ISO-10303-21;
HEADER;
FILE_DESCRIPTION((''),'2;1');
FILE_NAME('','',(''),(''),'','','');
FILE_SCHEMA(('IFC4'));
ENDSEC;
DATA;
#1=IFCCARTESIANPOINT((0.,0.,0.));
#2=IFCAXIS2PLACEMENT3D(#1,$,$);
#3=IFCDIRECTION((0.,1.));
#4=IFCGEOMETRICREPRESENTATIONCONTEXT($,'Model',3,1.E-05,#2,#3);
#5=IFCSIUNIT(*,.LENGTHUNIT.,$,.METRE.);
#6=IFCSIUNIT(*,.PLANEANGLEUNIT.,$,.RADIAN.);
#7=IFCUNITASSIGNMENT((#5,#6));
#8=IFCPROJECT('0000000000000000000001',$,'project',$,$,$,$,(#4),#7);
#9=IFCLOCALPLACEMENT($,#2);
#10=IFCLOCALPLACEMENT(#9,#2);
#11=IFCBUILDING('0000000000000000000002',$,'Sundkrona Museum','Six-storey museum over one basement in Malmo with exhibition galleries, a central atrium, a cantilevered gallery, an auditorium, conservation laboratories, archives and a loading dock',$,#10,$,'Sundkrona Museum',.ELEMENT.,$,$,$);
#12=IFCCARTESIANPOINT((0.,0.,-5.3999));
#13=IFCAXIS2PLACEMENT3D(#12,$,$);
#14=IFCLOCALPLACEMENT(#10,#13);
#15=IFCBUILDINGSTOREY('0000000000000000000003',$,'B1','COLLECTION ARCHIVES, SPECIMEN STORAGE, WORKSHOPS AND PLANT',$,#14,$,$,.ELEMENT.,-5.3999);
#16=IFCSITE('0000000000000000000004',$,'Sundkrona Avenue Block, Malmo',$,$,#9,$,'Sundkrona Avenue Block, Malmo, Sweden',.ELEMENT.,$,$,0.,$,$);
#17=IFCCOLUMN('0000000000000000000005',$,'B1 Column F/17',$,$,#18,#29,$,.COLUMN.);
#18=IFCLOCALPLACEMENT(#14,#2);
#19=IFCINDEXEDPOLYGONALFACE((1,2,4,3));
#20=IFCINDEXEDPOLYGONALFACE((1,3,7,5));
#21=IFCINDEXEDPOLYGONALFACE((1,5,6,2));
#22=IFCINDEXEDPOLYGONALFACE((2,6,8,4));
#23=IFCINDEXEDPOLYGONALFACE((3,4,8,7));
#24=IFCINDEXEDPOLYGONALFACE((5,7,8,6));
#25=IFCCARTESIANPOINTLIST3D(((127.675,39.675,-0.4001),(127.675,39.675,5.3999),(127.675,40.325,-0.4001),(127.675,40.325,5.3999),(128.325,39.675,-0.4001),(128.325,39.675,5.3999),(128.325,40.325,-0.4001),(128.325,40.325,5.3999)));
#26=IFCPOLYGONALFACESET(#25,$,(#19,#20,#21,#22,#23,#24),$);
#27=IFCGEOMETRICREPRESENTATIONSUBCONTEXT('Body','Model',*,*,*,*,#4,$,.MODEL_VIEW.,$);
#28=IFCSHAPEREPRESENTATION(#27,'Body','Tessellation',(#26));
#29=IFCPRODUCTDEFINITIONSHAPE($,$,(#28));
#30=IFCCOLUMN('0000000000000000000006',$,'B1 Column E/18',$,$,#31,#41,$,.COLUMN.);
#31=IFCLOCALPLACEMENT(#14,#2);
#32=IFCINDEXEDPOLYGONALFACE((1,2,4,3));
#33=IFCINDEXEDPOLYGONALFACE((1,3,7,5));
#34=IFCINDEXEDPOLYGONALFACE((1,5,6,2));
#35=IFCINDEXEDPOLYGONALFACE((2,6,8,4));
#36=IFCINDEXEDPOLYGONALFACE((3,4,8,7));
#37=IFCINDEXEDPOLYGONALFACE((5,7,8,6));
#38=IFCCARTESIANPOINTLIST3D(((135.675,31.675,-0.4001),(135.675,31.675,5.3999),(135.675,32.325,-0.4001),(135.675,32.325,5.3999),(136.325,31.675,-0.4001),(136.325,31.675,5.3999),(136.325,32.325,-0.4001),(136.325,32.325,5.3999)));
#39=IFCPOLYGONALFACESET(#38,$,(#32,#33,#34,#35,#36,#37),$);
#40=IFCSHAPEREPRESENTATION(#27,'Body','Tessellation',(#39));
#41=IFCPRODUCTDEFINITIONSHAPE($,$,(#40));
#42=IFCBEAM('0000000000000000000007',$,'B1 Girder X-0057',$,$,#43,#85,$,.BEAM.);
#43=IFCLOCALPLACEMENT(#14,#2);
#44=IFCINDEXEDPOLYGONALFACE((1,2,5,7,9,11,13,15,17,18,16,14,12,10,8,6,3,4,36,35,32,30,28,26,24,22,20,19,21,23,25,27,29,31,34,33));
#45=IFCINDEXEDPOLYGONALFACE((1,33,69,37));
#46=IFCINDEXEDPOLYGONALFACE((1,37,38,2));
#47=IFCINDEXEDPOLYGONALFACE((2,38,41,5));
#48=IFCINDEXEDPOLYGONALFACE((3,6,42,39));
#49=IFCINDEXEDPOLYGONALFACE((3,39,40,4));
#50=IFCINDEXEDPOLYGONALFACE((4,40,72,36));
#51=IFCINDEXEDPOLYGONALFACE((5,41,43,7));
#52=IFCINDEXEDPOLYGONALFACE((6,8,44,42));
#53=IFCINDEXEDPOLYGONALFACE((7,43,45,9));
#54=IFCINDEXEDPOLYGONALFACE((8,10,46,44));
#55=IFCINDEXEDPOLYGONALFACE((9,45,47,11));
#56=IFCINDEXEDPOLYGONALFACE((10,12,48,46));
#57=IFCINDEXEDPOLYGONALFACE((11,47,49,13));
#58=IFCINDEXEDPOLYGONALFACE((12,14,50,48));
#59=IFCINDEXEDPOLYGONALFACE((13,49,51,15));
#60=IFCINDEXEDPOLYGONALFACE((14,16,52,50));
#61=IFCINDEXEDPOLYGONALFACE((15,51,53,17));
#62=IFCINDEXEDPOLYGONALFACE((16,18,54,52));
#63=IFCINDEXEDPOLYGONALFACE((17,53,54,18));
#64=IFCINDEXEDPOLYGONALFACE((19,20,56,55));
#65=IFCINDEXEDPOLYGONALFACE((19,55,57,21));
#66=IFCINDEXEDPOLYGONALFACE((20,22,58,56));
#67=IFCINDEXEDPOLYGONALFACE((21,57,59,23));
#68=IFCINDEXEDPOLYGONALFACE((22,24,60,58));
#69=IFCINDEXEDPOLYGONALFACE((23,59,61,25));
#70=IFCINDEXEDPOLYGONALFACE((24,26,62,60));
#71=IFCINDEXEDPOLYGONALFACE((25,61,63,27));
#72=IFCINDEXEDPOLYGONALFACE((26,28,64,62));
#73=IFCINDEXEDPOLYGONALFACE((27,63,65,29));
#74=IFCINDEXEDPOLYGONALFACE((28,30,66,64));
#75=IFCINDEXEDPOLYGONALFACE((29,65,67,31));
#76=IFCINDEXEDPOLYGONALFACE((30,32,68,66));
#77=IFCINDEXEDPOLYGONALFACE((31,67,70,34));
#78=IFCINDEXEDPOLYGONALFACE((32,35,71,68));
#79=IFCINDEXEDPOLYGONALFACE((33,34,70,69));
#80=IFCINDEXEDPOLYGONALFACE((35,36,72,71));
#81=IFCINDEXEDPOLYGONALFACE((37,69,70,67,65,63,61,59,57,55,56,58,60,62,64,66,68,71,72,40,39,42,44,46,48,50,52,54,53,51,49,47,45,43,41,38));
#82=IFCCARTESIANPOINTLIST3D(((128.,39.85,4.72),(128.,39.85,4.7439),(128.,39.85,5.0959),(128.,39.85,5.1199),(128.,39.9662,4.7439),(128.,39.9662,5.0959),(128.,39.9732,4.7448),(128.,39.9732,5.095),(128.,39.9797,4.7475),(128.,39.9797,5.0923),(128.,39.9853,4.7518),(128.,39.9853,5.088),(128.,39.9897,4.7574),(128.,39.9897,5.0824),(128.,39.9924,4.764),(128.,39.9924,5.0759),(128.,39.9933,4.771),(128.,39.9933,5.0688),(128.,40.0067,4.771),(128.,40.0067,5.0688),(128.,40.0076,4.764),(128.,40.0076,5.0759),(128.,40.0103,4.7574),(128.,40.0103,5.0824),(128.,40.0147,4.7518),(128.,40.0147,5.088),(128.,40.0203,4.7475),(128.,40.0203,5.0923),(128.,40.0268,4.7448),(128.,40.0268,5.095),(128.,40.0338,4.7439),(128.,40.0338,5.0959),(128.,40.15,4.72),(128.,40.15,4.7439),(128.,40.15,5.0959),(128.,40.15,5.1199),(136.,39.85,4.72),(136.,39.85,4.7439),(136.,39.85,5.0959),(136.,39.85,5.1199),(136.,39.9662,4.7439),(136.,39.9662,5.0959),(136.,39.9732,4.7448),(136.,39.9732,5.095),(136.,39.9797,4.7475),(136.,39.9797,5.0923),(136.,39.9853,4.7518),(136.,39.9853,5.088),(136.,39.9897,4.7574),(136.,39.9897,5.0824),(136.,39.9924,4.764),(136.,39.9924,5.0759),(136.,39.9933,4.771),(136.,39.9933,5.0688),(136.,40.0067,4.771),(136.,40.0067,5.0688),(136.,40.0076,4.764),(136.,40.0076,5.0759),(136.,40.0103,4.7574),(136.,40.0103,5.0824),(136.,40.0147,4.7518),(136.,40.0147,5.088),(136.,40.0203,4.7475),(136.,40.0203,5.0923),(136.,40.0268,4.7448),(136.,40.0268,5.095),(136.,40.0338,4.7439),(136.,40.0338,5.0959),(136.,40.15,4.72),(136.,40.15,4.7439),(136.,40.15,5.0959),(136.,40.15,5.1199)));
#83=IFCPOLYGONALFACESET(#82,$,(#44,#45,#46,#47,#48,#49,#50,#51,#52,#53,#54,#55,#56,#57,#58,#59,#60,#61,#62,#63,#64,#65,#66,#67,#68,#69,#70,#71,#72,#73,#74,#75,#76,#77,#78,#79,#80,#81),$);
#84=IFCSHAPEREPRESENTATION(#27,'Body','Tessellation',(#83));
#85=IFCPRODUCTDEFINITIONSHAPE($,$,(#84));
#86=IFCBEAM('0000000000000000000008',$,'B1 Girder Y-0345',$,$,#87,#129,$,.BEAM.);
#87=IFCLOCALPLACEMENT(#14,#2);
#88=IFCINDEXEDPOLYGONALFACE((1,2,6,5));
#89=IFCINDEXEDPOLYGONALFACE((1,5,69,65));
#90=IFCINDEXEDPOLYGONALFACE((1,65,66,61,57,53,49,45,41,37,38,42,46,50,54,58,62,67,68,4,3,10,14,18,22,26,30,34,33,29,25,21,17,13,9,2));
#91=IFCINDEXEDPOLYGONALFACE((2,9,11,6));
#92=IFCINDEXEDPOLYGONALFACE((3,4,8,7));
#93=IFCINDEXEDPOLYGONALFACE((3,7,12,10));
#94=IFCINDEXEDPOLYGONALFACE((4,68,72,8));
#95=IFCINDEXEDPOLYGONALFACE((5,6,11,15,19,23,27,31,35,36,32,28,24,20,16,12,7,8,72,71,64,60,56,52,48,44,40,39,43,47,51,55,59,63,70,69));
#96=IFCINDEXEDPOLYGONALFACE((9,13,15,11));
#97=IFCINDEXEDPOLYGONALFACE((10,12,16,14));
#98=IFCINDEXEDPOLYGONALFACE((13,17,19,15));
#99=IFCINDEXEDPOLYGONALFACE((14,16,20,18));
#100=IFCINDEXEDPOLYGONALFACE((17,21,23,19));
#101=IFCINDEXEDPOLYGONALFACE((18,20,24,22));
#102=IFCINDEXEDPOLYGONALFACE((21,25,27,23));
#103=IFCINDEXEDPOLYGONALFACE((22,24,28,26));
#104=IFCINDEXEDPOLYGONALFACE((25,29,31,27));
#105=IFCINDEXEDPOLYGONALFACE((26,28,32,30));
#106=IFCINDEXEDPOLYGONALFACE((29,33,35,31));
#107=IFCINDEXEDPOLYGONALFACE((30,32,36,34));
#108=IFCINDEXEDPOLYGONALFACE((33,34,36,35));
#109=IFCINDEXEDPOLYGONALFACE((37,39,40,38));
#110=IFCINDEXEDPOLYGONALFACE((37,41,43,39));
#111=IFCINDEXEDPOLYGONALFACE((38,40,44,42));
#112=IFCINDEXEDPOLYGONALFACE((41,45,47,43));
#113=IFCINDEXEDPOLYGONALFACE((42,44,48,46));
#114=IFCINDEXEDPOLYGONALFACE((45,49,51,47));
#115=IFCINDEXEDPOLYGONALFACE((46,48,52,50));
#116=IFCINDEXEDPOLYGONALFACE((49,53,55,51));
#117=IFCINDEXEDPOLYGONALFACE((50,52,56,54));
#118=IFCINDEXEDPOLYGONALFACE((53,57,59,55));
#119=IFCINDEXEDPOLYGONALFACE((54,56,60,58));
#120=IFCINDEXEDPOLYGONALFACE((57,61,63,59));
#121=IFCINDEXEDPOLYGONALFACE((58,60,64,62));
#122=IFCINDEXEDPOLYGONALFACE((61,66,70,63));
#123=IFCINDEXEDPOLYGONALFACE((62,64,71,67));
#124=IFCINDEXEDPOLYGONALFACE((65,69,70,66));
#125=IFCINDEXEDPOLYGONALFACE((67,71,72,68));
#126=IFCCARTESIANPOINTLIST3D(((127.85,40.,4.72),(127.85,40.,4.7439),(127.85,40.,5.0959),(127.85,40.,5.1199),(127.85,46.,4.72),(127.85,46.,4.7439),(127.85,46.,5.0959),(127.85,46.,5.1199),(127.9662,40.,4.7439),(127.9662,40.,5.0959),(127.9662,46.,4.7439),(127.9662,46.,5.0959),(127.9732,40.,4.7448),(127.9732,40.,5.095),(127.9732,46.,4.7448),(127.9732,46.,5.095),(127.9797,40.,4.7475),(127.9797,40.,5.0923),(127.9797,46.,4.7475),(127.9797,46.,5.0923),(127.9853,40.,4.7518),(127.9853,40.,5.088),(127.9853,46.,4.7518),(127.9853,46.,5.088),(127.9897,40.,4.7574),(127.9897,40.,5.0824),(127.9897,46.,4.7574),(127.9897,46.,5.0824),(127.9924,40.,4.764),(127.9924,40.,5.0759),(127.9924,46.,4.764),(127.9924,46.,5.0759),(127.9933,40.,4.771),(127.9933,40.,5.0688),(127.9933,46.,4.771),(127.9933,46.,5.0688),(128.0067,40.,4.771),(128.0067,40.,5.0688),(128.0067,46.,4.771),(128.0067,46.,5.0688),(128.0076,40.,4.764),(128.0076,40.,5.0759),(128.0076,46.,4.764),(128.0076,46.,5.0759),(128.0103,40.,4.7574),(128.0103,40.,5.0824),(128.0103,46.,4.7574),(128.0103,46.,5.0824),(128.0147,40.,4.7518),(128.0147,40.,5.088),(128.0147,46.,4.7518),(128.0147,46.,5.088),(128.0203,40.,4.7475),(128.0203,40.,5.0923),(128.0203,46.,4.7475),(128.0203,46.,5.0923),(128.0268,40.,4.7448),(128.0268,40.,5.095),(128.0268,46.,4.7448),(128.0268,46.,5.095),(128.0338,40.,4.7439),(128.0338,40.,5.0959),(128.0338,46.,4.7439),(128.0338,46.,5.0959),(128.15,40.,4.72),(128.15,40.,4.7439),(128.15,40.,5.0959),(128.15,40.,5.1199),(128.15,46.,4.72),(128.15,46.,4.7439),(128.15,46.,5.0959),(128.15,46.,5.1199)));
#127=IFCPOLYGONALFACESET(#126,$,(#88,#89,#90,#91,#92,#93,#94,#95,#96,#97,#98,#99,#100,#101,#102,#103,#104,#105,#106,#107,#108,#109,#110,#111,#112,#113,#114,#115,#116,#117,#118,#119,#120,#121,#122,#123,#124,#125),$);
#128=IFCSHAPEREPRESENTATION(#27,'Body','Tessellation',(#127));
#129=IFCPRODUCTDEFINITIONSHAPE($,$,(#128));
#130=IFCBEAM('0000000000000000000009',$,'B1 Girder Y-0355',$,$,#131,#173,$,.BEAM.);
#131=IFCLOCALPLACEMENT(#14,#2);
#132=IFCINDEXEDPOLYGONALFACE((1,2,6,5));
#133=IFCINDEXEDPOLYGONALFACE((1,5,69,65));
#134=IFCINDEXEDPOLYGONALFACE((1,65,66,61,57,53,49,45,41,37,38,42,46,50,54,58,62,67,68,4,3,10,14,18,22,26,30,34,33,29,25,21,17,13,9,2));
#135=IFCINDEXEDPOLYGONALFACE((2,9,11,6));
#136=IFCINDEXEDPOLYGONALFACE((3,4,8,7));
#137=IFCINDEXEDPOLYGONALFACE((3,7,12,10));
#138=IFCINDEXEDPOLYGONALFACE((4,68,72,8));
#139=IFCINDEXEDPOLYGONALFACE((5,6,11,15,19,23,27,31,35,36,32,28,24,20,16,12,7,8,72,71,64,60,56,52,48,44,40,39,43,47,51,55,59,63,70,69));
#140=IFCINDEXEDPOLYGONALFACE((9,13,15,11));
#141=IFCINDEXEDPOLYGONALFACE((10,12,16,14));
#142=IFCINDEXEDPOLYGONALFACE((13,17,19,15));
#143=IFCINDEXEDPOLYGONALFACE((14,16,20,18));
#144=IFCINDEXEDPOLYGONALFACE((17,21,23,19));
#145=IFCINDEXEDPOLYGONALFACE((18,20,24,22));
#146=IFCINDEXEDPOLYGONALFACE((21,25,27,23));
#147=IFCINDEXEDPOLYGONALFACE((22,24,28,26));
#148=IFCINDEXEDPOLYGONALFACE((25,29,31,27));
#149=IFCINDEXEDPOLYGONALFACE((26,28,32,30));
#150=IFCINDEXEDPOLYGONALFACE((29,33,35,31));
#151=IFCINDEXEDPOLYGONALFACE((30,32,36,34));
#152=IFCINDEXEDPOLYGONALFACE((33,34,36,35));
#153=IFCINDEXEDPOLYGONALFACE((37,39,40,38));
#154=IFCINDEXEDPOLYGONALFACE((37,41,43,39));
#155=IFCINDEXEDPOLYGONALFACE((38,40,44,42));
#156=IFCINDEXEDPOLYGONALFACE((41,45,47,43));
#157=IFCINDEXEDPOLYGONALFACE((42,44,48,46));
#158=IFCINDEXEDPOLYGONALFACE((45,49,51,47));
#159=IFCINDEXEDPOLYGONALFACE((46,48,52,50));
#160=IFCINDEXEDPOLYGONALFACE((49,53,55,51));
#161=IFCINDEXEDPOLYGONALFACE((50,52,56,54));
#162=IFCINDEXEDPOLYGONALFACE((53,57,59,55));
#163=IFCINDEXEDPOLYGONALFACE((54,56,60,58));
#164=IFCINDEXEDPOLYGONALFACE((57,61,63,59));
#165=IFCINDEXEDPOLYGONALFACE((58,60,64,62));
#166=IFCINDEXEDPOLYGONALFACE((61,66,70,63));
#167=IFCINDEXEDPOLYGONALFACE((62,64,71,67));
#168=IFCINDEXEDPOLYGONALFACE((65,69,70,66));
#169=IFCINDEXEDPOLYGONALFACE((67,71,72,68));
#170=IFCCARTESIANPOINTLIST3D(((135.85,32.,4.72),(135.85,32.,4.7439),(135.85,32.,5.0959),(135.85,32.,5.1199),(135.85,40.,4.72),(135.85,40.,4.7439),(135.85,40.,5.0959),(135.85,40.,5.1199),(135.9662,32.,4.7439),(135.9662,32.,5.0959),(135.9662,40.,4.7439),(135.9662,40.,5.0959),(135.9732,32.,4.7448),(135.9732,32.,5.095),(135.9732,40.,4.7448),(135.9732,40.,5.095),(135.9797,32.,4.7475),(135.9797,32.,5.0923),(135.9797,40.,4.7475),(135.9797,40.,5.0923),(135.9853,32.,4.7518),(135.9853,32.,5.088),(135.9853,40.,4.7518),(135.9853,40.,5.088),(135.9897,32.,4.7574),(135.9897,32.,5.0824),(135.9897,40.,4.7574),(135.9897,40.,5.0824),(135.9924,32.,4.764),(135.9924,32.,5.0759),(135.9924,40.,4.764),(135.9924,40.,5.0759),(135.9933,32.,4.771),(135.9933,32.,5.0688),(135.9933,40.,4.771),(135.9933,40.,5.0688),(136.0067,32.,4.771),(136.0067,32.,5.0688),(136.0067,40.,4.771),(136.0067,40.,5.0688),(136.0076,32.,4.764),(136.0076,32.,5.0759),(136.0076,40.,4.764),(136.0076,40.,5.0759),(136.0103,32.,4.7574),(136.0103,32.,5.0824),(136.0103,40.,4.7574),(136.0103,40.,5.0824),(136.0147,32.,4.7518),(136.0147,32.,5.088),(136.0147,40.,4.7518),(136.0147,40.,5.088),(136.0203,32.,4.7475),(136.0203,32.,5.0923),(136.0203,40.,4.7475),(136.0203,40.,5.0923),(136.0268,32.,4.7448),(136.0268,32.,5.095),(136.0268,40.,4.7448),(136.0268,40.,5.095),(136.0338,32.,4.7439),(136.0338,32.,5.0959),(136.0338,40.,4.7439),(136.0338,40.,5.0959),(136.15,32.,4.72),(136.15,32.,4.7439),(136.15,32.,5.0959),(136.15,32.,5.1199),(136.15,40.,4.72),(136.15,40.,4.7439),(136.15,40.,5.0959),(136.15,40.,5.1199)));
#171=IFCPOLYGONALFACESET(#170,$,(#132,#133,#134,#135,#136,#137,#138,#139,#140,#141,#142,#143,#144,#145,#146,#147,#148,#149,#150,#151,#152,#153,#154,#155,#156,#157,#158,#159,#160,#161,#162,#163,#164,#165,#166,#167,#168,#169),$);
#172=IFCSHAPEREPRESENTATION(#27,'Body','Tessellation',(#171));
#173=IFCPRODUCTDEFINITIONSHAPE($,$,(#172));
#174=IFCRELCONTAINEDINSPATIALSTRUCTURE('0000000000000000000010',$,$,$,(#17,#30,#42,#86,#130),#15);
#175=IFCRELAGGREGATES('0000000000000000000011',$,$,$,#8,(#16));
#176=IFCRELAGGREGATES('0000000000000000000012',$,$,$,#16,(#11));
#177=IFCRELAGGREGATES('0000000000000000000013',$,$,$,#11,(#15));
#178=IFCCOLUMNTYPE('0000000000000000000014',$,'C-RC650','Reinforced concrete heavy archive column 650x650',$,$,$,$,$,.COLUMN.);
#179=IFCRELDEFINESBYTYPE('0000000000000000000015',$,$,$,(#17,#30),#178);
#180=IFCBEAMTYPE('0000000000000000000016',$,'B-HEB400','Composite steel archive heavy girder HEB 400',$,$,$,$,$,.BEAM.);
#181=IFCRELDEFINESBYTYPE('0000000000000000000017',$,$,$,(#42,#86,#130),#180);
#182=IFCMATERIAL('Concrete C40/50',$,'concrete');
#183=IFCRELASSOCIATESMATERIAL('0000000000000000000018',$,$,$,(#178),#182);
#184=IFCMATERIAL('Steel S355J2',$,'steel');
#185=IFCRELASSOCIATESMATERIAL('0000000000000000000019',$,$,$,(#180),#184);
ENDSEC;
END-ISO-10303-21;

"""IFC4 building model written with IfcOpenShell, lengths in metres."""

from ifc_helpers import new_model, si_unit, direction, frame, origin, origin_2d, place, context, subcontext, project, spatial, rectangle, i_section, extrude, material, material_profile, profile_set, type_object, element, save


model = new_model("IFC4")

# Units and contexts
model_context = context("Model", 3, precision=1e-05, world=origin(), true_north=direction((0.0, 1.0)))
body_context = subcontext(model_context, "Body", "Model", "MODEL_VIEW")
ifc_project = project(units=[si_unit("LENGTHUNIT", "METRE"), si_unit("PLANEANGLEUNIT", "RADIAN")], contexts=[model_context])

# Site, building, storey
site_placement = place(None, origin())
site = spatial("IfcSite", under=ifc_project, at=site_placement, Name="Sundkrona Avenue Block, Malmo", LongName="Sundkrona Avenue Block, Malmo, Sweden", CompositionType="ELEMENT", RefElevation=0.0)
building_placement = place(site_placement, origin())
building = spatial("IfcBuilding", under=site, at=building_placement, Name="Sundkrona Museum", Description="Six-storey museum over one basement in Malmo with exhibition galleries, a central atrium, a cantilevered gallery, an auditorium, conservation laboratories, archives and a loading dock", LongName="Sundkrona Museum", CompositionType="ELEMENT")
storey_placement = place(building_placement, frame((0.0, 0.0, -5.3999)))
storey = spatial("IfcBuildingStorey", under=building, at=storey_placement, Name="B1", Description="COLLECTION ARCHIVES, SPECIMEN STORAGE, WORKSHOPS AND PLANT", CompositionType="ELEMENT", Elevation=-5.3999)

# Shared definitions
ifc_material_1 = material(Name="Concrete C40/50", Category="concrete")

# Columns
ifc_material_profile_1 = material_profile(ifc_material_1, rectangle(XDim=0.6499, YDim=0.6499, at=origin_2d()), Name="RC 650x650")
ifc_profile_set_1 = profile_set([ifc_material_profile_1], Name="Concrete C40/50")
column_type = type_object("IfcColumnType", Name="C-RC650", Description="Reinforced concrete heavy archive column 650x650", PredefinedType="COLUMN", material=ifc_profile_set_1)
for number, where, z_axis, x_axis, name in (
    (1, (128.0, 40.0, -0.4001), (0.0, 0.0, 1.0), (1.0, 0.0, 0.0), "B1 Column F/17"),
    (2, (136.0, 32.0, -0.4001), (0.0, 0.0, 1.0), (1.0, 0.0, 0.0), "B1 Column E/18"),
):
    element("IfcColumn", number, at=place(storey_placement, frame(where, z_axis=z_axis, x_axis=x_axis)), inside=storey, type_object=column_type, Name=name, PredefinedType="COLUMN", context=body_context, shape_type="SweptSolid", body=[
        extrude(rectangle(XDim=0.6499, YDim=0.6499, at=origin_2d()), origin(), (0.0, 0.0, 1.0), 5.8),
    ])

# Beams
ifc_material_2 = material(Name="Steel S355J2", Category="steel")
ifc_material_profile_2 = material_profile(ifc_material_2, i_section(OverallWidth=0.3, OverallDepth=0.3999, WebThickness=0.0134, FlangeThickness=0.0239, FilletRadius=0.0271, at=origin_2d()), Name="HEB 400")
ifc_profile_set_2 = profile_set([ifc_material_profile_2], Name="Steel S355J2")
beam_type_1 = type_object("IfcBeamType", Name="B-HEB400", Description="Composite steel archive heavy girder HEB 400", PredefinedType="BEAM", material=ifc_profile_set_2)
beam_1_placement = place(storey_placement, frame((128.0, 40.0, 4.9199), z_axis=(1.0, 0.0, 0.0), x_axis=(0.0, 1.0, 0.0)))
element("IfcBeam", 3, at=beam_1_placement, inside=storey, type_object=beam_type_1, Name="B1 Girder X-0057", PredefinedType="BEAM", context=body_context, shape_type="SweptSolid", body=[
    extrude(i_section(OverallWidth=0.3, OverallDepth=0.3999, WebThickness=0.0134, FlangeThickness=0.0239, FilletRadius=0.0271, at=origin_2d()), origin(), (0.0, 0.0, 1.0), 8.0),
])
beam_2_placement = place(storey_placement, frame((128.0, 40.0, 4.9199), z_axis=(0.0, 1.0, 0.0), x_axis=(-1.0, 0.0, 0.0)))
element("IfcBeam", 4, at=beam_2_placement, inside=storey, type_object=beam_type_1, Name="B1 Girder Y-0345", PredefinedType="BEAM", context=body_context, shape_type="SweptSolid", body=[
    extrude(i_section(OverallWidth=0.3, OverallDepth=0.3999, WebThickness=0.0134, FlangeThickness=0.0239, FilletRadius=0.0271, at=origin_2d()), origin(), (0.0, 0.0, 1.0), 6.0),
])
beam_3_placement = place(storey_placement, frame((136.0, 32.0, 4.9199), z_axis=(0.0, 1.0, 0.0), x_axis=(-1.0, 0.0, 0.0)))
element("IfcBeam", 5, at=beam_3_placement, inside=storey, type_object=beam_type_1, Name="B1 Girder Y-0355", PredefinedType="BEAM", context=body_context, shape_type="SweptSolid", body=[
    extrude(i_section(OverallWidth=0.3, OverallDepth=0.3999, WebThickness=0.0134, FlangeThickness=0.0239, FilletRadius=0.0271, at=origin_2d()), origin(), (0.0, 0.0, 1.0), 8.0),
])

save(model, "model.ifc")
